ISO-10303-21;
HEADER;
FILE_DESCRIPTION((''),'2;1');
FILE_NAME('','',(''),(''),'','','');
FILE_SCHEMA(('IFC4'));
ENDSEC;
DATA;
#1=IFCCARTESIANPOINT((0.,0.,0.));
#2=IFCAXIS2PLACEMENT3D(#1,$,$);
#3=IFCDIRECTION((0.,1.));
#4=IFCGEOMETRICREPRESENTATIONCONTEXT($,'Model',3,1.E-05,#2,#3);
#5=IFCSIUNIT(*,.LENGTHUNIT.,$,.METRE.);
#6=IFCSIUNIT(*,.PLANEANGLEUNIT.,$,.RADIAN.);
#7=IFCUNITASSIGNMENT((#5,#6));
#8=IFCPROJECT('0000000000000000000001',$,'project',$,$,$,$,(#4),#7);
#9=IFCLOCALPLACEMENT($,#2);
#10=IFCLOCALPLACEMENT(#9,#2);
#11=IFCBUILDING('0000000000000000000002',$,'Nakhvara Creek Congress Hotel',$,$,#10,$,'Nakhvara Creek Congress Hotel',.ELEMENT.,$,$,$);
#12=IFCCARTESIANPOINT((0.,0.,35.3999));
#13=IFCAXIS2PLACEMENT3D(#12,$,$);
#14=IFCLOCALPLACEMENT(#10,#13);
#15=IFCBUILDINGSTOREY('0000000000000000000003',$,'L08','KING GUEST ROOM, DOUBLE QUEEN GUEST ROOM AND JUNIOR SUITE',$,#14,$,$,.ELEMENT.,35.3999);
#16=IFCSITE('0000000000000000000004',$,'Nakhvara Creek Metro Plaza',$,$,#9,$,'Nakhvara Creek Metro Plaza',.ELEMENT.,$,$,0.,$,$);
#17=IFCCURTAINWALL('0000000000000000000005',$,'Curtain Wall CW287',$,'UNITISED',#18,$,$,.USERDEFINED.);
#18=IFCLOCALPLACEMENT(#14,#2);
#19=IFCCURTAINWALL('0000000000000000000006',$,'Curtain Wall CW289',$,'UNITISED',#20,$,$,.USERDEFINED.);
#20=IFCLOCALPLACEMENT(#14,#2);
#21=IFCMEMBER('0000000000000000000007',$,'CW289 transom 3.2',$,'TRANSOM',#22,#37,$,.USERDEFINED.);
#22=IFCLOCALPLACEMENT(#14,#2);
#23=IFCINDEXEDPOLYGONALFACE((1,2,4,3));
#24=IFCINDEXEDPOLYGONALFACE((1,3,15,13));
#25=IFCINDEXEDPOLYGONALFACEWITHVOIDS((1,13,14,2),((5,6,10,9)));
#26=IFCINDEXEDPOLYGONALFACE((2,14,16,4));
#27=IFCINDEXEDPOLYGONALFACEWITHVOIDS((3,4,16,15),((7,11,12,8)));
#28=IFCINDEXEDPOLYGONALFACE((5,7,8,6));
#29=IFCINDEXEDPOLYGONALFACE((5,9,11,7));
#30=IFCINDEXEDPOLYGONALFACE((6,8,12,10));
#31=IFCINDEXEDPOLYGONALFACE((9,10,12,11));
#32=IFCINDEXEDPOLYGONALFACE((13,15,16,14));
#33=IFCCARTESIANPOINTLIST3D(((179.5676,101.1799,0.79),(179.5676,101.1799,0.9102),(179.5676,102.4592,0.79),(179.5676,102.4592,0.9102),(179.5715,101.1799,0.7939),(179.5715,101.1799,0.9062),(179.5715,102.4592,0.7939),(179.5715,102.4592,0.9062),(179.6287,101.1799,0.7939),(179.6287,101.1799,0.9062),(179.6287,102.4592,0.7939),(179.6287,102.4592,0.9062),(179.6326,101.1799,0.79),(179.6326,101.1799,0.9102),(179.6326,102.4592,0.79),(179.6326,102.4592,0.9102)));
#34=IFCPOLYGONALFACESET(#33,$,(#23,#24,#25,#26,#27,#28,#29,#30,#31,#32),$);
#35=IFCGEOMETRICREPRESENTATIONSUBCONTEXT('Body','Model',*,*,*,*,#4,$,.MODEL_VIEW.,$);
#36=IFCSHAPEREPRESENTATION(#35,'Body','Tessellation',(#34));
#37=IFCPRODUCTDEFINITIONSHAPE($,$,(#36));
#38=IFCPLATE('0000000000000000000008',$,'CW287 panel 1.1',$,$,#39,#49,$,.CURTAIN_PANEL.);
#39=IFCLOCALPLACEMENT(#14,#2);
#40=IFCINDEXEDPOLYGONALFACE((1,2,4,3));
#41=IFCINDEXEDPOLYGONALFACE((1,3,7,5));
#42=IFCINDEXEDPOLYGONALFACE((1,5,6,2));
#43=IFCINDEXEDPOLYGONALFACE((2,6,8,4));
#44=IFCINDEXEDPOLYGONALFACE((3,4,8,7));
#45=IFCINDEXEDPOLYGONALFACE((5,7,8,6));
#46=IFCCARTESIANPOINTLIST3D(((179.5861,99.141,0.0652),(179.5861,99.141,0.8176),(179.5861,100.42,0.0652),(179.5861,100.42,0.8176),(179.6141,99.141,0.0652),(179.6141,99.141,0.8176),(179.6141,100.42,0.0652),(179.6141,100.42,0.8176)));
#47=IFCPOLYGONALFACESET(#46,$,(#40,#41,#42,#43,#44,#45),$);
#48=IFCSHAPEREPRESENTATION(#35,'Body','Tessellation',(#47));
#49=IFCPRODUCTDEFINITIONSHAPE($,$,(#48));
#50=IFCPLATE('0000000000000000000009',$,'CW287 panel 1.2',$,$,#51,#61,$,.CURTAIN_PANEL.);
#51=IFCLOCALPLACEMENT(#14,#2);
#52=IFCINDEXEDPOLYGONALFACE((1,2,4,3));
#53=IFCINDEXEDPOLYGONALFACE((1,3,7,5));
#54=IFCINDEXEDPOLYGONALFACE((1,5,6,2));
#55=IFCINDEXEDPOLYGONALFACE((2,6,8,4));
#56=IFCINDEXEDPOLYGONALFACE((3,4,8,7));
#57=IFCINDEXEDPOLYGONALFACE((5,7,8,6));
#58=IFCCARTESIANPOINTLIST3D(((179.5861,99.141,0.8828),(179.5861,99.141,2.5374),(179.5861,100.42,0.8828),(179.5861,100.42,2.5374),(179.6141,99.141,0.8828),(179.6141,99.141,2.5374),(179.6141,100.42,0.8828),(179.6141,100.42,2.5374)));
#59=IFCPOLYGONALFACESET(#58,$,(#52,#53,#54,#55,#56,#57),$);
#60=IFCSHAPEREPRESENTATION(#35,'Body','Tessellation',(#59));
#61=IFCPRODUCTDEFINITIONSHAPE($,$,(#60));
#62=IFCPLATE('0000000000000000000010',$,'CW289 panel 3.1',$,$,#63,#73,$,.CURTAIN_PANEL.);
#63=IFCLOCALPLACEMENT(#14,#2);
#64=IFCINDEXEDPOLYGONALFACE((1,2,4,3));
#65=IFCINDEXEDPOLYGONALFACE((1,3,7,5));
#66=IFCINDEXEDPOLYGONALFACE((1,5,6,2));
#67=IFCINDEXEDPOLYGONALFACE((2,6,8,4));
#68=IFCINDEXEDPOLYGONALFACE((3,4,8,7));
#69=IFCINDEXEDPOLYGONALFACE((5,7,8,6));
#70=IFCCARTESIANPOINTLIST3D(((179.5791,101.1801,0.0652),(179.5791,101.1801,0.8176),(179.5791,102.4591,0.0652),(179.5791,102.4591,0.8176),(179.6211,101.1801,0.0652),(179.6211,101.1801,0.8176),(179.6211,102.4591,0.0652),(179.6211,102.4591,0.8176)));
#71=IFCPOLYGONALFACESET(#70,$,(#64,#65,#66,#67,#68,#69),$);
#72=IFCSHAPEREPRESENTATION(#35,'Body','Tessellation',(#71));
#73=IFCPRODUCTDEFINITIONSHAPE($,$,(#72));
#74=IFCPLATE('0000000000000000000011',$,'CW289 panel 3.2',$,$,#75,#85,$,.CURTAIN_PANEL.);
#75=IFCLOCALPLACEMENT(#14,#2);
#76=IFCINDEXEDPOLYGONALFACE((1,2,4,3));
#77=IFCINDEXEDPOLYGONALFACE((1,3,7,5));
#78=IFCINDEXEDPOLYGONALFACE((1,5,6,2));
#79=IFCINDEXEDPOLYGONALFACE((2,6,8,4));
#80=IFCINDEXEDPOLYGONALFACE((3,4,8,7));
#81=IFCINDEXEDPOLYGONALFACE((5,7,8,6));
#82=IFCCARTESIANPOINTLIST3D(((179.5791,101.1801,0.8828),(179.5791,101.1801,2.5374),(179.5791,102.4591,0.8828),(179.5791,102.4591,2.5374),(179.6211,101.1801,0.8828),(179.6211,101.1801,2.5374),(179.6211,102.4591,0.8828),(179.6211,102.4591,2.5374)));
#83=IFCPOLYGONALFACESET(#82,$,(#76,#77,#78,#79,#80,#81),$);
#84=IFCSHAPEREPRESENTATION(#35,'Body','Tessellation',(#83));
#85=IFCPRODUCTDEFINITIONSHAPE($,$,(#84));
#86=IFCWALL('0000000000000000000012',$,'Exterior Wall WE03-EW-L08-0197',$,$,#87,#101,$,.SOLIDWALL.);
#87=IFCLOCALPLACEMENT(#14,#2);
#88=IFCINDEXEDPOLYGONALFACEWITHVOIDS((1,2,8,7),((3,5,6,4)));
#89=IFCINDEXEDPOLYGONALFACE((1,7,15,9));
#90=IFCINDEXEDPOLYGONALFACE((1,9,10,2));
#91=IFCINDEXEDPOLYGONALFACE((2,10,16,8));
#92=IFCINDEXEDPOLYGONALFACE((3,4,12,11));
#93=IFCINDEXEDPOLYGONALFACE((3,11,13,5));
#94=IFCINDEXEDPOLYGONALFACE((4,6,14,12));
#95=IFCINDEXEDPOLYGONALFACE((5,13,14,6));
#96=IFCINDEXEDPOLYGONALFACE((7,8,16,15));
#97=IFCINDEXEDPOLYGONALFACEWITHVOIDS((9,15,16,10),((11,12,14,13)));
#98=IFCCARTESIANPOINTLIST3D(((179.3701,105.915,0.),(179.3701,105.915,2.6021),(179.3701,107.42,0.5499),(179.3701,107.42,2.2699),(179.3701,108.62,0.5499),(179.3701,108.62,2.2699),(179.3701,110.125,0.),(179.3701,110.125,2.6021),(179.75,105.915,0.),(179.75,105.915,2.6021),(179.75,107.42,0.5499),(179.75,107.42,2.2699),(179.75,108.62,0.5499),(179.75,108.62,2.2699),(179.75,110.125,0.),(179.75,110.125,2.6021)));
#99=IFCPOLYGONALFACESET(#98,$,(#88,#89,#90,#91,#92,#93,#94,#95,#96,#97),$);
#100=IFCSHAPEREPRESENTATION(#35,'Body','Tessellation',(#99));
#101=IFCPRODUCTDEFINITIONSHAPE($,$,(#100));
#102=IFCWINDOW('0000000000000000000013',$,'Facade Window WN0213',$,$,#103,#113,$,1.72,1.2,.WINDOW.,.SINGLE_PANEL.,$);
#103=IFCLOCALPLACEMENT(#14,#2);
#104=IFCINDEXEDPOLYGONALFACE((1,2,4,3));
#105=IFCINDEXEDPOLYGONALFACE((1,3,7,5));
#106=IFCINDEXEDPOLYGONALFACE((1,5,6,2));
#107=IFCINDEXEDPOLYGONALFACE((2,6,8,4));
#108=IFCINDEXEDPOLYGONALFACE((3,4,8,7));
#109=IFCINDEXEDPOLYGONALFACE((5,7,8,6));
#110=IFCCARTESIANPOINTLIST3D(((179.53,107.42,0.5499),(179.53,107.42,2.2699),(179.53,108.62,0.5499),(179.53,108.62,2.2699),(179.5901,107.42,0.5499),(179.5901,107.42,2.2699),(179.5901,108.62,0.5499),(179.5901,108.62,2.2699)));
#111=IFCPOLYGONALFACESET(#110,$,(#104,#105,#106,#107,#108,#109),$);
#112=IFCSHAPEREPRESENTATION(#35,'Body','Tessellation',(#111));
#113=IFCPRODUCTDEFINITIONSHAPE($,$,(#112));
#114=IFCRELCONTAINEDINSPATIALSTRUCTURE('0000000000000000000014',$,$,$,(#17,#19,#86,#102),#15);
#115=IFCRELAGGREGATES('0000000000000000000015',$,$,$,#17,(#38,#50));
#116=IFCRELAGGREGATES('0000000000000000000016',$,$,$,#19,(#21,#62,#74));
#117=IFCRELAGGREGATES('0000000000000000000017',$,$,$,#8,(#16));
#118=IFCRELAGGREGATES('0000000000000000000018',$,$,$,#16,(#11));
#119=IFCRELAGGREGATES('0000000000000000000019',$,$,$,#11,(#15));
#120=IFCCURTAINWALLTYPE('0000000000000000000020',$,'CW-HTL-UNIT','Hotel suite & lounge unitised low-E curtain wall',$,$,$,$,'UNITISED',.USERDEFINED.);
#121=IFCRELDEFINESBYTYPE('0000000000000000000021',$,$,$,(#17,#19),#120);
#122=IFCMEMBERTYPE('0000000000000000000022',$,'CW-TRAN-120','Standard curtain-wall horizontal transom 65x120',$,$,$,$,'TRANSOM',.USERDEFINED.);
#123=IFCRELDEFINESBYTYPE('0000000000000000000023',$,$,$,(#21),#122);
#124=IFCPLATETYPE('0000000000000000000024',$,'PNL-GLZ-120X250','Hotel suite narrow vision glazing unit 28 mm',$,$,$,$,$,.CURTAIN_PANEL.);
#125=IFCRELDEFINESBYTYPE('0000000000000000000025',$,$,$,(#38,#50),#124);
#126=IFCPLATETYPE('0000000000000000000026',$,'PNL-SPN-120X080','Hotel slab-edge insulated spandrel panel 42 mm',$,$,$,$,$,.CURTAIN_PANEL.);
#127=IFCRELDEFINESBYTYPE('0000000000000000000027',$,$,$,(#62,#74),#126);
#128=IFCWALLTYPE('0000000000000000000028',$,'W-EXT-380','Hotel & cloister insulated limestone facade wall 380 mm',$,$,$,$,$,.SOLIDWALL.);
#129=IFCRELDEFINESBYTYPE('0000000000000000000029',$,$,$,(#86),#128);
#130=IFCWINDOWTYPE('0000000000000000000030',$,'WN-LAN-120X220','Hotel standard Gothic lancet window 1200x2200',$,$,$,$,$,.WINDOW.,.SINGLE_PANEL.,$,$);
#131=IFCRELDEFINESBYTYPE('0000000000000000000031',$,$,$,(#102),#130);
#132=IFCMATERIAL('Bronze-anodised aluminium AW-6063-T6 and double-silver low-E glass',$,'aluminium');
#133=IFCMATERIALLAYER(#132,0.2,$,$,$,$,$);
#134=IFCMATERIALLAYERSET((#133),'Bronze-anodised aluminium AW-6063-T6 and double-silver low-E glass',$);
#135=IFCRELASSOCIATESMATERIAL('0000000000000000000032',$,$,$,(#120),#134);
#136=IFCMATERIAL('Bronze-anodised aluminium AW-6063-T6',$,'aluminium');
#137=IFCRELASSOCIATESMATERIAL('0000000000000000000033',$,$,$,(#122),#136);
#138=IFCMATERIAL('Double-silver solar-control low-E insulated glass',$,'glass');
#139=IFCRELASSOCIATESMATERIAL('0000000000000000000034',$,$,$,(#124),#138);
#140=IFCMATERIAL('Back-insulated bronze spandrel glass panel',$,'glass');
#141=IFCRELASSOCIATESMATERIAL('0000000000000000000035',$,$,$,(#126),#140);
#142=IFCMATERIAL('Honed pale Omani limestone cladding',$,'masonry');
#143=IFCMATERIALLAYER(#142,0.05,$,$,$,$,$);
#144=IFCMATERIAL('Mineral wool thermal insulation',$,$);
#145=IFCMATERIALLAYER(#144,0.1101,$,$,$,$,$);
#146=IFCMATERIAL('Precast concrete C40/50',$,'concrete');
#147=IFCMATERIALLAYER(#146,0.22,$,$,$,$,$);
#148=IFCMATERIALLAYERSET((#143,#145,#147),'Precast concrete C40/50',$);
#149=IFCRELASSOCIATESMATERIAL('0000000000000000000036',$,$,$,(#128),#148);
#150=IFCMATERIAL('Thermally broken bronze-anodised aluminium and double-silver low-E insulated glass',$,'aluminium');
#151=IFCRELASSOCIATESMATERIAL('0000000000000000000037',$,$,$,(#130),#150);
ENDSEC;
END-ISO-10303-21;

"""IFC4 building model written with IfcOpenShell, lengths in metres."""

from ifc_helpers import new_model, si_unit, direction, frame, frame_2d, origin, origin_2d, place, context, subcontext, project, spatial, rectangle, hollow_rectangle, extrude, material, layer, layer_set, material_profile, profile_set, type_object, element, fill, aggregate, save


model = new_model("IFC4")

# Units and contexts
model_context = context("Model", 3, precision=1e-05, world=origin(), true_north=direction((0.0, 1.0)))
body_context = subcontext(model_context, "Body", "Model", "MODEL_VIEW")
ifc_project = project(units=[si_unit("LENGTHUNIT", "METRE"), si_unit("PLANEANGLEUNIT", "RADIAN")], contexts=[model_context])

# Site, building, storey
site_placement = place(None, origin())
site = spatial("IfcSite", under=ifc_project, at=site_placement, Name="Nakhvara Creek Metro Plaza", LongName="Nakhvara Creek Metro Plaza", CompositionType="ELEMENT", RefElevation=0.0)
building_placement = place(site_placement, origin())
building = spatial("IfcBuilding", under=site, at=building_placement, Name="Nakhvara Creek Congress Hotel", LongName="Nakhvara Creek Congress Hotel", CompositionType="ELEMENT")
storey_placement = place(building_placement, frame((0.0, 0.0, 35.3999)))
storey = spatial("IfcBuildingStorey", under=building, at=storey_placement, Name="L08", Description="KING GUEST ROOM, DOUBLE QUEEN GUEST ROOM AND JUNIOR SUITE", CompositionType="ELEMENT", Elevation=35.3999)

# Curtain walls
ifc_material_1 = material(Name="Bronze-anodised aluminium AW-6063-T6 and double-silver low-E glass", Category="aluminium")
ifc_layer_1 = layer(ifc_material_1, 0.2)
ifc_layer_set_1 = layer_set([ifc_layer_1], Name="Bronze-anodised aluminium AW-6063-T6 and double-silver low-E glass")
curtain_wall_type = type_object("IfcCurtainWallType", Name="CW-HTL-UNIT", Description="Hotel suite & lounge unitised low-E curtain wall", ElementType="UNITISED", PredefinedType="USERDEFINED", material=ifc_layer_set_1)
curtain_wall_1_placement = place(storey_placement, origin())
curtain_wall_1 = element("IfcCurtainWall", 1, at=curtain_wall_1_placement, inside=storey, type_object=curtain_wall_type, Name="Curtain Wall CW287", ObjectType="UNITISED", PredefinedType="USERDEFINED")
ifc_material_2 = material(Name="Bronze-anodised aluminium AW-6063-T6", Category="aluminium")
curtain_wall_2_placement = place(storey_placement, origin())
curtain_wall_2 = element("IfcCurtainWall", 2, at=curtain_wall_2_placement, inside=storey, type_object=curtain_wall_type, Name="Curtain Wall CW289", ObjectType="UNITISED", PredefinedType="USERDEFINED")

# Member
ifc_material_profile_1 = material_profile(ifc_material_2, hollow_rectangle(XDim=0.0649, YDim=0.1201, WallThickness=0.0039, at=origin_2d()), Name="ALU-TRAN 65x120x4", Category="LoadBearing")
ifc_profile_set_1 = profile_set([ifc_material_profile_1], Name="Bronze-anodised aluminium AW-6063-T6")
member_type_1 = type_object("IfcMemberType", Name="CW-TRAN-120", Description="Standard curtain-wall horizontal transom 65x120", ElementType="TRANSOM", PredefinedType="USERDEFINED", material=ifc_profile_set_1)
member_1_placement = place(storey_placement, frame((179.6001, 102.4592, 0.8501), z_axis=(0.0, -1.0, 0.0), x_axis=(1.0, 0.0, 0.0)))
member_1 = element("IfcMember", 3, at=member_1_placement, type_object=member_type_1, Name="CW289 transom 3.2", ObjectType="TRANSOM", PredefinedType="USERDEFINED", context=body_context, shape_type="SweptSolid", body=[
    extrude(hollow_rectangle(XDim=0.0649, YDim=0.1201, WallThickness=0.0039, at=origin_2d()), origin(), (0.0, 0.0, 1.0), 1.2793),
])

# Plates
ifc_material_3 = material(Name="Double-silver solar-control low-E insulated glass", Category="glass")
plate_type_1 = type_object("IfcPlateType", Name="PNL-GLZ-120X250", Description="Hotel suite narrow vision glazing unit 28 mm", PredefinedType="CURTAIN_PANEL", material=ifc_material_3)
plate_1_placement = place(storey_placement, frame((179.6001, 99.7805, 0.0652), z_axis=(0.0, 0.0, 1.0), x_axis=(0.0, -1.0, 0.0)))
plate_1 = element("IfcPlate", 4, at=plate_1_placement, type_object=plate_type_1, Name="CW287 panel 1.1", PredefinedType="CURTAIN_PANEL", context=body_context, shape_type="SweptSolid", body=[
    extrude(rectangle(XDim=1.2791, YDim=0.0281, at=origin_2d()), origin(), (0.0, 0.0, 1.0), 0.7524),
])
plate_2_placement = place(storey_placement, frame((179.6001, 99.7805, 0.8828), z_axis=(0.0, 0.0, 1.0), x_axis=(0.0, -1.0, 0.0)))
plate_2 = element("IfcPlate", 5, at=plate_2_placement, type_object=plate_type_1, Name="CW287 panel 1.2", PredefinedType="CURTAIN_PANEL", context=body_context, shape_type="SweptSolid", body=[
    extrude(rectangle(XDim=1.2791, YDim=0.0281, at=origin_2d()), origin(), (0.0, 0.0, 1.0), 1.6545),
])
aggregate(curtain_wall_1, [plate_1, plate_2])
ifc_material_4 = material(Name="Back-insulated bronze spandrel glass panel", Category="glass")
plate_type_2 = type_object("IfcPlateType", Name="PNL-SPN-120X080", Description="Hotel slab-edge insulated spandrel panel 42 mm", PredefinedType="CURTAIN_PANEL", material=ifc_material_4)
plate_3_placement = place(storey_placement, frame((179.6001, 101.8196, 0.0652), z_axis=(0.0, 0.0, 1.0), x_axis=(0.0, -1.0, 0.0)))
plate_3 = element("IfcPlate", 6, at=plate_3_placement, type_object=plate_type_2, Name="CW289 panel 3.1", PredefinedType="CURTAIN_PANEL", context=body_context, shape_type="SweptSolid", body=[
    extrude(rectangle(XDim=1.2791, YDim=0.042, at=origin_2d()), origin(), (0.0, 0.0, 1.0), 0.7524),
])
plate_4_placement = place(storey_placement, frame((179.6001, 101.8196, 0.8828), z_axis=(0.0, 0.0, 1.0), x_axis=(0.0, -1.0, 0.0)))
plate_4 = element("IfcPlate", 7, at=plate_4_placement, type_object=plate_type_2, Name="CW289 panel 3.2", PredefinedType="CURTAIN_PANEL", context=body_context, shape_type="SweptSolid", body=[
    extrude(rectangle(XDim=1.2791, YDim=0.042, at=origin_2d()), origin(), (0.0, 0.0, 1.0), 1.6545),
])
aggregate(curtain_wall_2, [member_1, plate_3, plate_4])

# Wall, opening, window
ifc_material_5 = material(Name="Honed pale Omani limestone cladding", Category="masonry")
ifc_layer_2 = layer(ifc_material_5, 0.05)
ifc_material_6 = material(Name="Mineral wool thermal insulation")
ifc_layer_3 = layer(ifc_material_6, 0.1101)
ifc_material_7 = material(Name="Precast concrete C40/50", Category="concrete")
ifc_layer_4 = layer(ifc_material_7, 0.22)
ifc_layer_set_2 = layer_set([ifc_layer_2, ifc_layer_3, ifc_layer_4], Name="Precast concrete C40/50")
wall_type_1 = type_object("IfcWallType", Name="W-EXT-380", Description="Hotel & cloister insulated limestone facade wall 380 mm", PredefinedType="SOLIDWALL", material=ifc_layer_set_2)
wall_1_placement = place(storey_placement, frame((179.5601, 110.125, 0.0), z_axis=(0.0, 0.0, 1.0), x_axis=(0.0, -1.0, 0.0)))
wall_1 = element("IfcWall", 8, at=wall_1_placement, inside=storey, type_object=wall_type_1, Name="Exterior Wall WE03-EW-L08-0197", PredefinedType="SOLIDWALL", context=body_context, shape_type="SweptSolid", body=[
    extrude(rectangle(XDim=4.21, YDim=0.3799, at=frame_2d((2.105, 0.0))), origin(), (0.0, 0.0, 1.0), 2.6021),
])
opening_1_placement = place(wall_1_placement, frame((1.5049, 0.0, 0.55)))
opening_1 = element("IfcOpeningElement", 9, at=opening_1_placement, cuts=wall_1, PredefinedType="OPENING", context=body_context, shape_type="SweptSolid", body=[
    extrude(rectangle(XDim=1.2, YDim=1.72, at=frame_2d((0.6001, 0.8599))), frame((0.0, 0.2019, 0.0), z_axis=(0.0, -1.0, 0.0), x_axis=(1.0, 0.0, 0.0)), (0.0, 0.0, 1.0), 0.4038),
])
ifc_material_8 = material(Name="Thermally broken bronze-anodised aluminium and double-silver low-E insulated glass", Category="aluminium")
window_type = type_object("IfcWindowType", Name="WN-LAN-120X220", Description="Hotel standard Gothic lancet window 1200x2200", PartitioningType="SINGLE_PANEL", PredefinedType="WINDOW", material=ifc_material_8)
window_placement = place(opening_1_placement, origin())
window = element("IfcWindow", 10, at=window_placement, inside=storey, type_object=window_type, Name="Facade Window WN0213", OverallHeight=1.72, OverallWidth=1.2, PartitioningType="SINGLE_PANEL", PredefinedType="WINDOW", context=body_context, shape_type="SweptSolid", body=[
    extrude(rectangle(XDim=1.2, YDim=1.72, at=frame_2d((0.6001, 0.8599))), frame((0.0, 0.03, 0.0), z_axis=(0.0, -1.0, 0.0), x_axis=(1.0, 0.0, 0.0)), (0.0, 0.0, 1.0), 0.0601),
])
fill(opening_1, window)

save(model, "model.ifc")
